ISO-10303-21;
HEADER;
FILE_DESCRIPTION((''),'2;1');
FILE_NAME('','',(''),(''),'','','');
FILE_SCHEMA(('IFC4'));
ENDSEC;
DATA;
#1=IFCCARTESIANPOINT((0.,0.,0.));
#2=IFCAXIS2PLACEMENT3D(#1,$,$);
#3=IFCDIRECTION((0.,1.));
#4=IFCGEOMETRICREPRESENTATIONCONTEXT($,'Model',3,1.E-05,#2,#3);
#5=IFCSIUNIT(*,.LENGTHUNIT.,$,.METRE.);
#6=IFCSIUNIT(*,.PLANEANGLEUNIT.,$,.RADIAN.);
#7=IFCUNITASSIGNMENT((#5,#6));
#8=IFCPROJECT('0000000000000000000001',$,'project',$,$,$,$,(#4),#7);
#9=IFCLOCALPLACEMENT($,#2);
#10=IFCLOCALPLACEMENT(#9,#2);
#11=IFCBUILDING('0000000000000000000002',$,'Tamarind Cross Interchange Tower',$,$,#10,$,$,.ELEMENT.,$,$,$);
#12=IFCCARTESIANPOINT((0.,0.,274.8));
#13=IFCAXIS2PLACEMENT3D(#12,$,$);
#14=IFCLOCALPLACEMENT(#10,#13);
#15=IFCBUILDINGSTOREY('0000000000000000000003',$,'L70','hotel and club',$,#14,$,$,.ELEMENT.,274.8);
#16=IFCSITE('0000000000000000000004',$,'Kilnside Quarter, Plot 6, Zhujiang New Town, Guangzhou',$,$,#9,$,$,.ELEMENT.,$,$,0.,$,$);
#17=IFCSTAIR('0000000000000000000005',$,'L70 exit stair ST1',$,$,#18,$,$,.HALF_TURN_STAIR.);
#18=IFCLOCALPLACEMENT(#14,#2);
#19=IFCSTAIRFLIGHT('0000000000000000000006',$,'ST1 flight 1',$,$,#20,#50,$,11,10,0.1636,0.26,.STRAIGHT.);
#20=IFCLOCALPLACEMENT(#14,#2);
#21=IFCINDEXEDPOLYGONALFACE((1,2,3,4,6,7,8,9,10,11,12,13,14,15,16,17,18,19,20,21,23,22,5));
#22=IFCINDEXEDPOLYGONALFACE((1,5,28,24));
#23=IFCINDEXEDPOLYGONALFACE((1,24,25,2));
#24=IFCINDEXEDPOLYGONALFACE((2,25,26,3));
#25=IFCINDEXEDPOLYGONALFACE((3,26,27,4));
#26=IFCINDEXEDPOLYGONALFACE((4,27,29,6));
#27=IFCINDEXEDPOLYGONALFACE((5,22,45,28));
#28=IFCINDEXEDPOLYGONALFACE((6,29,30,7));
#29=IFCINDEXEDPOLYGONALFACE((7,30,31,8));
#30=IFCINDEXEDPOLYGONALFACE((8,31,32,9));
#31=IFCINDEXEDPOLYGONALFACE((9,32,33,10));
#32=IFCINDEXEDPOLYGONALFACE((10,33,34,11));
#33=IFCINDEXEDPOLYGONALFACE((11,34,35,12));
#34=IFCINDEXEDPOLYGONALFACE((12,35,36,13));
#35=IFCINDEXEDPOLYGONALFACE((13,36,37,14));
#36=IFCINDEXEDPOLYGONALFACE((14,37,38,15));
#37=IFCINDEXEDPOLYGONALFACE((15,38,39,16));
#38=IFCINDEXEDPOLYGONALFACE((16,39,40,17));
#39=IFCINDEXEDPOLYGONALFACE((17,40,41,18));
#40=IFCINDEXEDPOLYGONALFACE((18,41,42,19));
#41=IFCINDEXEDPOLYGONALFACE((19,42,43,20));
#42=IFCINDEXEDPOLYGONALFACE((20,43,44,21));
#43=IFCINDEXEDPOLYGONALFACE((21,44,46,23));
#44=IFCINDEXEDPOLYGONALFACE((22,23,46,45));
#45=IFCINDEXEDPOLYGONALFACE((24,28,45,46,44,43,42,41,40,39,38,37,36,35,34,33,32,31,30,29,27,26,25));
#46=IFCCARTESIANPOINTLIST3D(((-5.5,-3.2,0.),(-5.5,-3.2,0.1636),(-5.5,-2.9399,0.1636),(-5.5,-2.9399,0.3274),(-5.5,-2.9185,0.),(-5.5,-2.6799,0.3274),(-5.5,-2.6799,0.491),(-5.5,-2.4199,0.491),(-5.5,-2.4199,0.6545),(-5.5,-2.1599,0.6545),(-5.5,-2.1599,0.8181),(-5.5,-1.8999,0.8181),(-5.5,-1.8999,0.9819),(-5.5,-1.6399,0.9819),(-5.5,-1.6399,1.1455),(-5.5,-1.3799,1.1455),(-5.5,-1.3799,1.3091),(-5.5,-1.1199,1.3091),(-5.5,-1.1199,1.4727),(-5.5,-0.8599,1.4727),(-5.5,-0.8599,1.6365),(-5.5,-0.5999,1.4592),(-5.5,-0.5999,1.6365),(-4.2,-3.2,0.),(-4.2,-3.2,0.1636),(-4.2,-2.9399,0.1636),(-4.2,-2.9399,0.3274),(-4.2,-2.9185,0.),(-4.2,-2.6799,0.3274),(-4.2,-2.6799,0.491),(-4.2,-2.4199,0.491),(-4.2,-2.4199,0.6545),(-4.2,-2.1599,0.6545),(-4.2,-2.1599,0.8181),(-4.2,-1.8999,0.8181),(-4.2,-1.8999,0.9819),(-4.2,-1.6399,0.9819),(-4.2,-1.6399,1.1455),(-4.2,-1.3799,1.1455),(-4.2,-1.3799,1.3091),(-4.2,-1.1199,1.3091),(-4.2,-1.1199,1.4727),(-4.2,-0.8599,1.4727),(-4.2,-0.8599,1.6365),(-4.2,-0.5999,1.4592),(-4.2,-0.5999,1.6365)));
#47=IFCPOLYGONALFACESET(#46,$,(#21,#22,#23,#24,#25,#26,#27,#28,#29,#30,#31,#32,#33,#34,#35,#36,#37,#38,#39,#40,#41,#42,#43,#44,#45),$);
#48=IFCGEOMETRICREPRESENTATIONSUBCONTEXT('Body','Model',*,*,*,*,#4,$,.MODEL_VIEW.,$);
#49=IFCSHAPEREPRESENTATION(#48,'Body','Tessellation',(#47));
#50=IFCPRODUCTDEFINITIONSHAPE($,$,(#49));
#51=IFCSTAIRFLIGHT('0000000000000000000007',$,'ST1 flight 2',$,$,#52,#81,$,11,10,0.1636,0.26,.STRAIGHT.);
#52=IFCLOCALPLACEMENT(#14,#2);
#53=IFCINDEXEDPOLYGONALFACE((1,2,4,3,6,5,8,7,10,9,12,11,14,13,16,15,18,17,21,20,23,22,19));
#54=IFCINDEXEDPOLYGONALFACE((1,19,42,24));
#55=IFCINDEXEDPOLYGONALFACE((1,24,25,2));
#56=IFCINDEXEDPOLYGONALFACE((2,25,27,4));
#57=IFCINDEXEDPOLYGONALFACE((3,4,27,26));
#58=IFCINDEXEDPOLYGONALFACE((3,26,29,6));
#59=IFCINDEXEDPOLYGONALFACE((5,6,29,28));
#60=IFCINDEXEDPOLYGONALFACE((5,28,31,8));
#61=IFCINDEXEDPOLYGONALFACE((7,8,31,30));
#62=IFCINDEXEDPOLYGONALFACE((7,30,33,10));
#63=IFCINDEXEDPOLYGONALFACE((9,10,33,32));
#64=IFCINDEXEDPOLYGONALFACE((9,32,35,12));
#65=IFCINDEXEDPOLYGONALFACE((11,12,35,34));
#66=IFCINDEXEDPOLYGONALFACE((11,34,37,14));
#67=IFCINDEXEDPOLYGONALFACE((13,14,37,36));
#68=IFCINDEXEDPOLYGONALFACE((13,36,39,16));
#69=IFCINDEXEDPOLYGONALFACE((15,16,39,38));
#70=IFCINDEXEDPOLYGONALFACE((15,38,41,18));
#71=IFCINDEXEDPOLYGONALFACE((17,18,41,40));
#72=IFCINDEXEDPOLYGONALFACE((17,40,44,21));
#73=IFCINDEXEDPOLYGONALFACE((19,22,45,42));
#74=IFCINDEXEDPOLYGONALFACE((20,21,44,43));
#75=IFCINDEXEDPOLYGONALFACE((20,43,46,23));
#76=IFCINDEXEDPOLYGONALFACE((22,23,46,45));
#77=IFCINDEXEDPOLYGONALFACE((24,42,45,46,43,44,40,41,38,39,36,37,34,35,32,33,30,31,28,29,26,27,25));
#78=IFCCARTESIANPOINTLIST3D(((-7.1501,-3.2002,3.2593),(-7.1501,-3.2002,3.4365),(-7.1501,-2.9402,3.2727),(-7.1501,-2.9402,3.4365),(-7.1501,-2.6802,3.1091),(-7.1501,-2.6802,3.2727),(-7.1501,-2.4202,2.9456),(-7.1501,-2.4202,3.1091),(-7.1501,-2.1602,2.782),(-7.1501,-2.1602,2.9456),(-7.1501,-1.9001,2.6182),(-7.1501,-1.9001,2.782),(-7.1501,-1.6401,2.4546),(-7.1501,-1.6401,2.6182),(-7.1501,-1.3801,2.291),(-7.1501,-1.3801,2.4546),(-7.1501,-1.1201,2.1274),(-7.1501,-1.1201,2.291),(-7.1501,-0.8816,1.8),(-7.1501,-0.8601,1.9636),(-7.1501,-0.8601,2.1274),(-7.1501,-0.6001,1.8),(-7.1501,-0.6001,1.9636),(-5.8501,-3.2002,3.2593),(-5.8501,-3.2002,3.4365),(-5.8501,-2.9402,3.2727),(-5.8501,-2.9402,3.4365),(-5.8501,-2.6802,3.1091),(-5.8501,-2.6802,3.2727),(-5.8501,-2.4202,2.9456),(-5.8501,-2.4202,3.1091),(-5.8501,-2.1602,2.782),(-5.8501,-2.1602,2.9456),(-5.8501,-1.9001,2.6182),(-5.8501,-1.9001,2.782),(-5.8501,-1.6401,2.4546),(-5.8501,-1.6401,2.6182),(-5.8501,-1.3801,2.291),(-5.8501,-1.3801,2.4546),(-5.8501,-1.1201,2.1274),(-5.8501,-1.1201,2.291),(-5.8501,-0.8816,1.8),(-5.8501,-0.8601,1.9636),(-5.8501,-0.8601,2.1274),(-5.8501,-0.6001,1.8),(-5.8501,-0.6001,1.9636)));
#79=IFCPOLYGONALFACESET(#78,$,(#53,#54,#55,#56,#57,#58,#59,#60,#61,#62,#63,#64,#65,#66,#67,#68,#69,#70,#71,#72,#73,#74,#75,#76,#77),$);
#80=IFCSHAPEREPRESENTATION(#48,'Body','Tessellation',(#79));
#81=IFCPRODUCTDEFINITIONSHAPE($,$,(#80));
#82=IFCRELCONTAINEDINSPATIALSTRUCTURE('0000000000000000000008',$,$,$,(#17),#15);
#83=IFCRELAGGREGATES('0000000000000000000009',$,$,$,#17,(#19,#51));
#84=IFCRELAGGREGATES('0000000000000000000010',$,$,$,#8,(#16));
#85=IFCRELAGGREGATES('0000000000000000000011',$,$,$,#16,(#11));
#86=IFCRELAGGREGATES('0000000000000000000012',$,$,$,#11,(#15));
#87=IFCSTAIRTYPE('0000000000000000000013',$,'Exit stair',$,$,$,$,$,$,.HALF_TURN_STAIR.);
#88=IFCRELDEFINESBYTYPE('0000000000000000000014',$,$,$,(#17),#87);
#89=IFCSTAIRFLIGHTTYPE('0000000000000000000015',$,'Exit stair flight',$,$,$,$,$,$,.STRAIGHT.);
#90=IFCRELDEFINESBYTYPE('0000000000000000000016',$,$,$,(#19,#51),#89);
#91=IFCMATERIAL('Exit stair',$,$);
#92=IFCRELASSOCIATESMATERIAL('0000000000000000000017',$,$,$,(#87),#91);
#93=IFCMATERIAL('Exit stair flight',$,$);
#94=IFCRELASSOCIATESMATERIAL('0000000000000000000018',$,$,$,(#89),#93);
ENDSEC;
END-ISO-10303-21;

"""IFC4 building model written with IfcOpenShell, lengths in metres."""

from ifc_helpers import new_model, si_unit, direction, frame, origin, place, context, subcontext, project, spatial, polyline, outline, extrude, material, type_object, element, aggregate, save


model = new_model("IFC4")

# Units and contexts
model_context = context("Model", 3, precision=1e-05, world=origin(), true_north=direction((0.0, 1.0)))
body_context = subcontext(model_context, "Body", "Model", "MODEL_VIEW")
ifc_project = project(units=[si_unit("LENGTHUNIT", "METRE"), si_unit("PLANEANGLEUNIT", "RADIAN")], contexts=[model_context])

# Site, building, storey
site_placement = place(None, origin())
site = spatial("IfcSite", under=ifc_project, at=site_placement, Name="Kilnside Quarter, Plot 6, Zhujiang New Town, Guangzhou", CompositionType="ELEMENT", RefElevation=0.0)
building_placement = place(site_placement, origin())
building = spatial("IfcBuilding", under=site, at=building_placement, Name="Tamarind Cross Interchange Tower", CompositionType="ELEMENT")
storey_placement = place(building_placement, frame((0.0, 0.0, 274.8)))
storey = spatial("IfcBuildingStorey", under=building, at=storey_placement, Name="L70", Description="hotel and club", CompositionType="ELEMENT", Elevation=274.8)

# Stair, stair flights
ifc_material_1 = material(Name="Exit stair")
stair_type = type_object("IfcStairType", Name="Exit stair", PredefinedType="HALF_TURN_STAIR", material=ifc_material_1)
stair_placement = place(storey_placement, origin())
stair = element("IfcStair", 1, at=stair_placement, inside=storey, type_object=stair_type, Name="L70 exit stair ST1", PredefinedType="HALF_TURN_STAIR")
ifc_material_2 = material(Name="Exit stair flight")
stair_flight_type = type_object("IfcStairFlightType", Name="Exit stair flight", PredefinedType="STRAIGHT", material=ifc_material_2)
stair_flight_1_placement = place(storey_placement, frame((-4.8501, -3.2, 0.0), z_axis=(0.0, 0.0, 1.0), x_axis=(0.0, 1.0, 0.0)))
stair_flight_1 = element("IfcStairFlight", 2, at=stair_flight_1_placement, type_object=stair_flight_type, Name="ST1 flight 1", NumberOfRisers=11, NumberOfTreads=10, PredefinedType="STRAIGHT", RiserHeight=0.1636, TreadLength=0.26, context=body_context, shape_type="SweptSolid", body=[
    extrude(outline(polyline([(0.0, 0.0), (0.0, 0.1636), (0.26, 0.1636), (0.26, 0.3274), (0.52, 0.3274), (0.52, 0.491), (0.78, 0.491), (0.78, 0.6545), (1.04, 0.6545), (1.04, 0.8181), (1.3, 0.8181), (1.3, 0.9819), (1.5601, 0.9819), (1.5601, 1.1455), (1.8201, 1.1455), (1.8201, 1.3091), (2.0801, 1.3091), (2.0801, 1.4727), (2.3401, 1.4727), (2.3401, 1.6365), (2.6001, 1.6365), (2.6001, 1.8), (2.6001, 1.4592), (0.2815, 0.0), (0.0, 0.0)])), frame((0.0, 0.6499, 0.0), z_axis=(0.0, -1.0, 0.0), x_axis=(1.0, 0.0, 0.0)), (0.0, 0.0, 1.0), 1.3),
])
stair_flight_2_placement = place(storey_placement, frame((-6.5, -0.6001, 1.8), z_axis=(0.0, 0.0, 1.0), x_axis=(0.0, -1.0, 0.0)))
stair_flight_2 = element("IfcStairFlight", 3, at=stair_flight_2_placement, type_object=stair_flight_type, Name="ST1 flight 2", NumberOfRisers=11, NumberOfTreads=10, PredefinedType="STRAIGHT", RiserHeight=0.1636, TreadLength=0.26, context=body_context, shape_type="SweptSolid", body=[
    extrude(outline(polyline([(0.0, 0.0), (0.0, 0.1636), (0.26, 0.1636), (0.26, 0.3274), (0.52, 0.3274), (0.52, 0.491), (0.78, 0.491), (0.78, 0.6545), (1.04, 0.6545), (1.04, 0.8181), (1.3, 0.8181), (1.3, 0.9819), (1.5601, 0.9819), (1.5601, 1.1455), (1.8201, 1.1455), (1.8201, 1.3091), (2.0801, 1.3091), (2.0801, 1.4727), (2.3401, 1.4727), (2.3401, 1.6365), (2.6001, 1.6365), (2.6001, 1.8), (2.6001, 1.4592), (0.2815, 0.0), (0.0, 0.0)])), frame((0.0, 0.6499, 0.0), z_axis=(0.0, -1.0, 0.0), x_axis=(1.0, 0.0, 0.0)), (0.0, 0.0, 1.0), 1.3),
])
aggregate(stair, [stair_flight_1, stair_flight_2])

save(model, "model.ifc")
